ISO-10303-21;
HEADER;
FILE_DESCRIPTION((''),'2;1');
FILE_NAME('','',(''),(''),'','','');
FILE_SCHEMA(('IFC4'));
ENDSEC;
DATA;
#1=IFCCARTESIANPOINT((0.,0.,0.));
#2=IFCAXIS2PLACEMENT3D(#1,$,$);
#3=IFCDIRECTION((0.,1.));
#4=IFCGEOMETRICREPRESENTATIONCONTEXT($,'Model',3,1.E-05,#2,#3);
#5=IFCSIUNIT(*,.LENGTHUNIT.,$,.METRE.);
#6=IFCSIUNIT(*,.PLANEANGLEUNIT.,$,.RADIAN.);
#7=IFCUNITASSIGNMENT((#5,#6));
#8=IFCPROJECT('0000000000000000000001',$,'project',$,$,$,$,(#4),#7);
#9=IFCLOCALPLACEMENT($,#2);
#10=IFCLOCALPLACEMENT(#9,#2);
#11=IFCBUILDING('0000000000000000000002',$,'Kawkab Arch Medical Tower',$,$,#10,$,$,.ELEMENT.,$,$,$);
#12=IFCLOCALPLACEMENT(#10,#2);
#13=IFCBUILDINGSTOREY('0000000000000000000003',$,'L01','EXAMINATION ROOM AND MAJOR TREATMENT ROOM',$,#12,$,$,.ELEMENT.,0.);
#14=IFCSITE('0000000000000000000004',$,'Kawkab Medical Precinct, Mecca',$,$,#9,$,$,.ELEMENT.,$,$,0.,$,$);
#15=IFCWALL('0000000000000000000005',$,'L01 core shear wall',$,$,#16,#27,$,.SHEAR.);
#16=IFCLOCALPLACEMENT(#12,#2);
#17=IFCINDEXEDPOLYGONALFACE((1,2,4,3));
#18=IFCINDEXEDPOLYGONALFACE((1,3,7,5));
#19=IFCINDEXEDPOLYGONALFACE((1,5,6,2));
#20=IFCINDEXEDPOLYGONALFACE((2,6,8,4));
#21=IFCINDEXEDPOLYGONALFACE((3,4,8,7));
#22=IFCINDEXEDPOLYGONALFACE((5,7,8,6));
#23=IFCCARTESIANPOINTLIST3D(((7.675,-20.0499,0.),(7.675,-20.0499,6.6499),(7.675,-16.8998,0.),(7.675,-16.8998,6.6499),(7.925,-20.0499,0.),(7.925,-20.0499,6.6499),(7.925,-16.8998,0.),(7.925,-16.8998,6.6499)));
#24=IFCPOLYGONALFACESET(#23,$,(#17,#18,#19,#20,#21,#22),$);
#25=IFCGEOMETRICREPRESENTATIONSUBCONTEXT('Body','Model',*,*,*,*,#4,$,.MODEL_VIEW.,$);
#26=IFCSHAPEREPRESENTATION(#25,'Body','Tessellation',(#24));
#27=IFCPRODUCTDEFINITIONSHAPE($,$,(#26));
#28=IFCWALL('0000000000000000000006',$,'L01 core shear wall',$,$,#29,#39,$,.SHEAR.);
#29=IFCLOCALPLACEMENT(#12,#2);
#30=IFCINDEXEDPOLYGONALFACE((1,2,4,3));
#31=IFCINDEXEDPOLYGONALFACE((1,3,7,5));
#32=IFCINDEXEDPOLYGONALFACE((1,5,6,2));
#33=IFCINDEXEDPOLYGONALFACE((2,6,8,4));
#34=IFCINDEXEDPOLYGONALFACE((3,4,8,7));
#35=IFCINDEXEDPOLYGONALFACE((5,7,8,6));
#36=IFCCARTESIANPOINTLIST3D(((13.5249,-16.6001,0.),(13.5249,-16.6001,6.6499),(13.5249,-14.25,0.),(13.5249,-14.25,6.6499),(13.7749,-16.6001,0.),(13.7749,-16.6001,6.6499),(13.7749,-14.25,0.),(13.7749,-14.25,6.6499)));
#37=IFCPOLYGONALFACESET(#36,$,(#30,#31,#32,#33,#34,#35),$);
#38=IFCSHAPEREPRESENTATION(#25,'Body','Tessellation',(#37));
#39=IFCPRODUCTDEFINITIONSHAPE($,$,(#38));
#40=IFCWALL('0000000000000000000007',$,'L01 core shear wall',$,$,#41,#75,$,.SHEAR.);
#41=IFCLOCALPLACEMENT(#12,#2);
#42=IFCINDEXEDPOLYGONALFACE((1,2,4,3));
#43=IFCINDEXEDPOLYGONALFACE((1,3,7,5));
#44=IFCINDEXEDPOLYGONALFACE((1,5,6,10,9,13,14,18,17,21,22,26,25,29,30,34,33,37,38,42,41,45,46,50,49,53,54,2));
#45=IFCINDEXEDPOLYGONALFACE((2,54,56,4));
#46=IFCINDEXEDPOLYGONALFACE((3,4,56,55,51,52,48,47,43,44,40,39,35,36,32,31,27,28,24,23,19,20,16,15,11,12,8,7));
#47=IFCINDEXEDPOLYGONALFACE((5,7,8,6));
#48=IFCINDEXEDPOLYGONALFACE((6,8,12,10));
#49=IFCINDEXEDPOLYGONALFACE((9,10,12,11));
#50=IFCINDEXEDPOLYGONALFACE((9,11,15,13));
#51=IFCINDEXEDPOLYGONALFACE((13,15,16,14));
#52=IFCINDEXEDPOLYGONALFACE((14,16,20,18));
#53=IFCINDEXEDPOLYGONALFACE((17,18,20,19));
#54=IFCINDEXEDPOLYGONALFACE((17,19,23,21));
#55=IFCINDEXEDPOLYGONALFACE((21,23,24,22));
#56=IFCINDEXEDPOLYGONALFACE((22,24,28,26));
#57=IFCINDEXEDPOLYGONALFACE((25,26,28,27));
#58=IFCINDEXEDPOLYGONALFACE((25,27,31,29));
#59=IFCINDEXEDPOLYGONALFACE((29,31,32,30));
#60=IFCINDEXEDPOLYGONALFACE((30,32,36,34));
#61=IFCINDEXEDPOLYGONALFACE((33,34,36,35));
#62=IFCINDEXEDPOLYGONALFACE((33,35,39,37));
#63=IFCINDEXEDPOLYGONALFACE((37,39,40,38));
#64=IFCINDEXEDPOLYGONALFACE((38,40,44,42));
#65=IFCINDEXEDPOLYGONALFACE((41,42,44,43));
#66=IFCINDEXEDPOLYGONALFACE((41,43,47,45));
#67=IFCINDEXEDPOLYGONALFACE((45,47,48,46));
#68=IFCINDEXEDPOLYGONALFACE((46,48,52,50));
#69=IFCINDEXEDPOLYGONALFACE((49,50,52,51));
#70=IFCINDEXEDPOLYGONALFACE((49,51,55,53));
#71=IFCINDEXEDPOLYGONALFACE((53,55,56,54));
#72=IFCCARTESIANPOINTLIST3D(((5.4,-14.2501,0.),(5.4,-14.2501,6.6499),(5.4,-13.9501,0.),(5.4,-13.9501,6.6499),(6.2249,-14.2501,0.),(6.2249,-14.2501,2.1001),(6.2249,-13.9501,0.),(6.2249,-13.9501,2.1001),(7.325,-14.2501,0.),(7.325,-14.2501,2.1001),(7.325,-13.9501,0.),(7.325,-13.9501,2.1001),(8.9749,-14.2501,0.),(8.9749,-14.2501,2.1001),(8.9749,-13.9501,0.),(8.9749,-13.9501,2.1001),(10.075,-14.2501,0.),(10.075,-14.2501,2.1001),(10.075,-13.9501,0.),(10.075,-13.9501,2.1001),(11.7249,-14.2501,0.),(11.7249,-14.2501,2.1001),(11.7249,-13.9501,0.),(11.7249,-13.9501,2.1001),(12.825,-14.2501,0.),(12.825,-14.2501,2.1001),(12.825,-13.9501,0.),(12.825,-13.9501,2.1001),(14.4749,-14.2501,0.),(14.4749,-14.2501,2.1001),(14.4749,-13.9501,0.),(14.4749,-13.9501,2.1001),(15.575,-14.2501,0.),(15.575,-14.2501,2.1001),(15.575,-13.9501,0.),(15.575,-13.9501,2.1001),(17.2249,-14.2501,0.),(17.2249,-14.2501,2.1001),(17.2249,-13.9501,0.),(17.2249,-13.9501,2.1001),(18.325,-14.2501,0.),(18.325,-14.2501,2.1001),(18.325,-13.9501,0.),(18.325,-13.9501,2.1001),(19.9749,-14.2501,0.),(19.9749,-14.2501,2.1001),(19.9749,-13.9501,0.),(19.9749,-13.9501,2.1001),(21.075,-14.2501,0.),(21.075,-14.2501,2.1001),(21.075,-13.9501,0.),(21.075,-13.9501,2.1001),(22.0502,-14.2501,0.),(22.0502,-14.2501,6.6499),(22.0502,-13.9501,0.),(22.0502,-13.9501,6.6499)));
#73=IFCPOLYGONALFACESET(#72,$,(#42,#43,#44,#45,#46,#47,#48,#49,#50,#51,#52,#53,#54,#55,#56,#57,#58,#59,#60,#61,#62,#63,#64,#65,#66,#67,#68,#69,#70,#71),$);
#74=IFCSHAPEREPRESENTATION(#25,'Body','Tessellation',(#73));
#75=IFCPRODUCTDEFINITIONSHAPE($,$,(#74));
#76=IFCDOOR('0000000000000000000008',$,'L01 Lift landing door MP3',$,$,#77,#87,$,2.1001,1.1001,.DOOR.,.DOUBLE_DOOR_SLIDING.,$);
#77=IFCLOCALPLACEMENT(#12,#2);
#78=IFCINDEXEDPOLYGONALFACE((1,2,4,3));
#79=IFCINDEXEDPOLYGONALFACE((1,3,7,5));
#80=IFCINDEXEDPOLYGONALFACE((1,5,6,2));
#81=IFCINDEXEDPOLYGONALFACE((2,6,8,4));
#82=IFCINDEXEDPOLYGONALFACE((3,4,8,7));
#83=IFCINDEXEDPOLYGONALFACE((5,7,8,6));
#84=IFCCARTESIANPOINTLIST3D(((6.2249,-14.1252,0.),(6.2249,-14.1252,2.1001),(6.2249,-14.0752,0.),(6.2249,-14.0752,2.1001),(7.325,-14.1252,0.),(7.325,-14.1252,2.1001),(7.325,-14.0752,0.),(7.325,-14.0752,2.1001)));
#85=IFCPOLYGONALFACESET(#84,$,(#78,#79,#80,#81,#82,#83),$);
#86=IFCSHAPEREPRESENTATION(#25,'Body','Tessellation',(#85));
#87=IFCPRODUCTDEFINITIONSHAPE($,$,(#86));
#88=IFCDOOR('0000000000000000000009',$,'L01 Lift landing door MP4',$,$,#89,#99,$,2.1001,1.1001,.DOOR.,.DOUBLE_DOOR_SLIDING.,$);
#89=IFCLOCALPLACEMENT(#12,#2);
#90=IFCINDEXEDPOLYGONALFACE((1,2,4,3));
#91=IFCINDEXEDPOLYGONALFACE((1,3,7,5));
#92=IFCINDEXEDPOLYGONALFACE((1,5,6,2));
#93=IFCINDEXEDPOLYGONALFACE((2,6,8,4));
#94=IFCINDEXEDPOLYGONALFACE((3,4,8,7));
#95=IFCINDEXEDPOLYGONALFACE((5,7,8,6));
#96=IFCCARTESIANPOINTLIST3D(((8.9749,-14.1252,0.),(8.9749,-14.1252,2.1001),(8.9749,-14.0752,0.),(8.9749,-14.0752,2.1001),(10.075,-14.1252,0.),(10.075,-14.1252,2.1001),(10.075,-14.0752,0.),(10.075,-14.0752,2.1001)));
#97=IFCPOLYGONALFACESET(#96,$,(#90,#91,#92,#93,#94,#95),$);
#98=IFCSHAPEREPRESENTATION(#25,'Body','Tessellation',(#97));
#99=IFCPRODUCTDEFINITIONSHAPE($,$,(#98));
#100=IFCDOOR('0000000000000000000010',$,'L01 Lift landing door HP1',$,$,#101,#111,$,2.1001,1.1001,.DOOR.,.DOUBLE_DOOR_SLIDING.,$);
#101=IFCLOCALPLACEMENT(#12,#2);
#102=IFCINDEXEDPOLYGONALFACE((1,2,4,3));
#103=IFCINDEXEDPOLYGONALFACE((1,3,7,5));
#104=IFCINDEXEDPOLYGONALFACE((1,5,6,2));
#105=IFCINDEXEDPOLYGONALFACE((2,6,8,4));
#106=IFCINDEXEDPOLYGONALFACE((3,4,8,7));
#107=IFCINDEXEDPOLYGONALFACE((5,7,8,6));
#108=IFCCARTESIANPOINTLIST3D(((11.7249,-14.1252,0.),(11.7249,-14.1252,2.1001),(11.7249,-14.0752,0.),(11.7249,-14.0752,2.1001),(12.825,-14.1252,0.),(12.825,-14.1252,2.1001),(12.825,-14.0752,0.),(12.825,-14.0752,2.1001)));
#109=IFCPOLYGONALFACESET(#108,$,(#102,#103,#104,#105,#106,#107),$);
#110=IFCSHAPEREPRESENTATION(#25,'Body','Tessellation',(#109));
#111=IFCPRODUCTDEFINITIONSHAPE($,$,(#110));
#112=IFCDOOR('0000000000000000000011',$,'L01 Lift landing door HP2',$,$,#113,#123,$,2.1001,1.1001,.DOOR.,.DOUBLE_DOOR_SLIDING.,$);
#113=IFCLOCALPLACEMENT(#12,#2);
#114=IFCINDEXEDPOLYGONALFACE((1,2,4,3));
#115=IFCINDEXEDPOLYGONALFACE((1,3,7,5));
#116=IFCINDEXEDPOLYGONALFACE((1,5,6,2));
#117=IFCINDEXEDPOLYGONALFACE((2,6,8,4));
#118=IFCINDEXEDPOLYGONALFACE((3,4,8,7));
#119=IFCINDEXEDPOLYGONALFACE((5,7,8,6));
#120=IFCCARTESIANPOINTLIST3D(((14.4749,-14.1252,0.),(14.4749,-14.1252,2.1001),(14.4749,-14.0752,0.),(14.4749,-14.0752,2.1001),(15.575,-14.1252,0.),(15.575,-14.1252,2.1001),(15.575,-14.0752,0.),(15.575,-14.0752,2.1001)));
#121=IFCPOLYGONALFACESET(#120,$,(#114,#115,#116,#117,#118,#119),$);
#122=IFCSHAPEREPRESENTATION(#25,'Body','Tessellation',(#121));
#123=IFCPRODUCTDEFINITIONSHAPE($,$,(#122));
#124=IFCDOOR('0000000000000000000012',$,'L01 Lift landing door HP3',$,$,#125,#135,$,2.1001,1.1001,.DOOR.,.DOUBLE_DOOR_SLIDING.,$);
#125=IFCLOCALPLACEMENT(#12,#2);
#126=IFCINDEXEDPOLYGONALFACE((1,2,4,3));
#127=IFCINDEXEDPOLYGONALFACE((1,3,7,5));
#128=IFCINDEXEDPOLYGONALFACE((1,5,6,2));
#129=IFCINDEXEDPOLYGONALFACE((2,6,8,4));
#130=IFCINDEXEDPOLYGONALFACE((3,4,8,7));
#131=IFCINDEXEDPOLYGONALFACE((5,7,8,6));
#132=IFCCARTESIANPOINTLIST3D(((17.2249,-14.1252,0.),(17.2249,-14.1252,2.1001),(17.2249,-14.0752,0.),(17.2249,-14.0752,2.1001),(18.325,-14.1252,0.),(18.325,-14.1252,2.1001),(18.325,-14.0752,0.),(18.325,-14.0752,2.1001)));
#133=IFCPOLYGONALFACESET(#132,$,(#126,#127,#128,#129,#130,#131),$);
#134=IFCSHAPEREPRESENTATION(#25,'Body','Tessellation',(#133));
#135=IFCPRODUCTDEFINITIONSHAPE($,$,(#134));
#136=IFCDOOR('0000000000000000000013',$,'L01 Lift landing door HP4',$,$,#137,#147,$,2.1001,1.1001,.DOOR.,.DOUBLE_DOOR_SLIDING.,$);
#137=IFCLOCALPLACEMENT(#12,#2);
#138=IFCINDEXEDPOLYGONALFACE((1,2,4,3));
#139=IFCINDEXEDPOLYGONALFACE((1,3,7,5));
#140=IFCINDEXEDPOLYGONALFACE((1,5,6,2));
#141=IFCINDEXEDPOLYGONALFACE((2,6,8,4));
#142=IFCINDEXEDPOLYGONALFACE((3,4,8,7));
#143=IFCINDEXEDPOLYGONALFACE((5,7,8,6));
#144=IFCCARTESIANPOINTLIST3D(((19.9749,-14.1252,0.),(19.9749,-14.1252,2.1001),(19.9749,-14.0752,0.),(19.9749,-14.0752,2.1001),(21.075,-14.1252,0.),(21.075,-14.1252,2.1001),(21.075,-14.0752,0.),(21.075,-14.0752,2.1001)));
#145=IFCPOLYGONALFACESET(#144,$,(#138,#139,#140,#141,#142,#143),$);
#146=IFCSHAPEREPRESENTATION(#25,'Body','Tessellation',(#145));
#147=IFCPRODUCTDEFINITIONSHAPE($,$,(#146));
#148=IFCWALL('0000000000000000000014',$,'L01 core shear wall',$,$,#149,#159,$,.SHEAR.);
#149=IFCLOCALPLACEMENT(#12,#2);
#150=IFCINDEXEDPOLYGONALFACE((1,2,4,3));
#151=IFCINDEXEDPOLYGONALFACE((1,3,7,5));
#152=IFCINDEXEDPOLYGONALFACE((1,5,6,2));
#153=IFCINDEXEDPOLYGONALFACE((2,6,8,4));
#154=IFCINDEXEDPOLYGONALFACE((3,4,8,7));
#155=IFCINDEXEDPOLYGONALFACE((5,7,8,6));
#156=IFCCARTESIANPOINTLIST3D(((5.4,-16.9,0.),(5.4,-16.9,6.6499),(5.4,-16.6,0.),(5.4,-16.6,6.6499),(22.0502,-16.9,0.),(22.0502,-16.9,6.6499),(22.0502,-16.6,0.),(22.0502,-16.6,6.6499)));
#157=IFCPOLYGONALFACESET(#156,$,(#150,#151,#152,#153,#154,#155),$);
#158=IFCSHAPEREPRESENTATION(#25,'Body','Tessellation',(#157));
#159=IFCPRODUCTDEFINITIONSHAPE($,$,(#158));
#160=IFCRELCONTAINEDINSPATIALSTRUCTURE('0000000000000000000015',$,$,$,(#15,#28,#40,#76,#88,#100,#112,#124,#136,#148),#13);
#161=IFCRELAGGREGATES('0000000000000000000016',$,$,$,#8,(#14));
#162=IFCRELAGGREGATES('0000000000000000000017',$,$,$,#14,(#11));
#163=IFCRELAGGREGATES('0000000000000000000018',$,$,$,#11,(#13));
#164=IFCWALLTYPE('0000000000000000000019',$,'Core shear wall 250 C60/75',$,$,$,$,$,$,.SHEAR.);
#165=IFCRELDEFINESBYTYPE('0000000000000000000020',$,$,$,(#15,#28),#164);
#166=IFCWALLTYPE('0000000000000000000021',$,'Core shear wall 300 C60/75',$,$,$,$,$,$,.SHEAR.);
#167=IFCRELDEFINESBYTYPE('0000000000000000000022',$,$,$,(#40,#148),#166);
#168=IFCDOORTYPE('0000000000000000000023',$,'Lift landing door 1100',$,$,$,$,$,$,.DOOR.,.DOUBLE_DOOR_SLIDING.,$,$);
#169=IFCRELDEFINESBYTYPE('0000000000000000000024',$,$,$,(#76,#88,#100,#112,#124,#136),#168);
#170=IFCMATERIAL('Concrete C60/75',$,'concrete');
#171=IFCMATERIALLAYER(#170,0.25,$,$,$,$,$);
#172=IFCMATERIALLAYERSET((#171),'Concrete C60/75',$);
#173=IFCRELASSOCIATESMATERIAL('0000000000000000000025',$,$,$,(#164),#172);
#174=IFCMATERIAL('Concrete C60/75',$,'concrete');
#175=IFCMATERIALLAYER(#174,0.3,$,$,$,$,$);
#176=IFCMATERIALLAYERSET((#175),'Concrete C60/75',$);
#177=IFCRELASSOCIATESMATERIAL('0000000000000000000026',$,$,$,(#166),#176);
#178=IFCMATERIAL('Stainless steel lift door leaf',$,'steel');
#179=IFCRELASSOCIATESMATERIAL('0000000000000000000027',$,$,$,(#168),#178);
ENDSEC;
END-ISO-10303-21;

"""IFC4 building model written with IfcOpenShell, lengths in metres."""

from ifc_helpers import new_model, si_unit, direction, frame, frame_2d, origin, place, context, subcontext, project, spatial, rectangle, extrude, material, layer, layer_set, type_object, element, fill, save


model = new_model("IFC4")

# Units and contexts
model_context = context("Model", 3, precision=1e-05, world=origin(), true_north=direction((0.0, 1.0)))
body_context = subcontext(model_context, "Body", "Model", "MODEL_VIEW")
ifc_project = project(units=[si_unit("LENGTHUNIT", "METRE"), si_unit("PLANEANGLEUNIT", "RADIAN")], contexts=[model_context])

# Site, building, storey
site_placement = place(None, origin())
site = spatial("IfcSite", under=ifc_project, at=site_placement, Name="Kawkab Medical Precinct, Mecca", CompositionType="ELEMENT", RefElevation=0.0)
building_placement = place(site_placement, origin())
building = spatial("IfcBuilding", under=site, at=building_placement, Name="Kawkab Arch Medical Tower", CompositionType="ELEMENT")
storey_placement = place(building_placement, origin())
storey = spatial("IfcBuildingStorey", under=building, at=storey_placement, Name="L01", Description="EXAMINATION ROOM AND MAJOR TREATMENT ROOM", CompositionType="ELEMENT", Elevation=0.0)

# Walls
ifc_material_1 = material(Name="Concrete C60/75", Category="concrete")
ifc_layer_1 = layer(ifc_material_1, 0.25)
ifc_layer_set_1 = layer_set([ifc_layer_1], Name="Concrete C60/75")
wall_type_1 = type_object("IfcWallType", Name="Core shear wall 250 C60/75", PredefinedType="SHEAR", material=ifc_layer_set_1)
wall_1_placement = place(storey_placement, frame((7.8, -20.05, 0.0), z_axis=(0.0, 0.0, 1.0), x_axis=(0.0, 1.0, 0.0)))
element("IfcWall", 1, at=wall_1_placement, inside=storey, type_object=wall_type_1, Name="L01 core shear wall", PredefinedType="SHEAR", context=body_context, shape_type="SweptSolid", body=[
    extrude(rectangle(XDim=3.1501, YDim=0.25, at=frame_2d((1.5752, 0.0))), origin(), (0.0, 0.0, 1.0), 6.6499),
])
wall_2_placement = place(storey_placement, frame((13.6499, -16.6001, 0.0), z_axis=(0.0, 0.0, 1.0), x_axis=(0.0, 1.0, 0.0)))
element("IfcWall", 2, at=wall_2_placement, inside=storey, type_object=wall_type_1, Name="L01 core shear wall", PredefinedType="SHEAR", context=body_context, shape_type="SweptSolid", body=[
    extrude(rectangle(XDim=2.3501, YDim=0.25, at=frame_2d((1.175, 0.0))), origin(), (0.0, 0.0, 1.0), 6.6499),
])

# Wall, openings, doors
ifc_material_2 = material(Name="Concrete C60/75", Category="concrete")
ifc_layer_2 = layer(ifc_material_2, 0.3)
ifc_layer_set_2 = layer_set([ifc_layer_2], Name="Concrete C60/75")
wall_type_2 = type_object("IfcWallType", Name="Core shear wall 300 C60/75", PredefinedType="SHEAR", material=ifc_layer_set_2)
wall_3_placement = place(storey_placement, frame((5.3999, -14.1001, 0.0), z_axis=(0.0, 0.0, 1.0), x_axis=(1.0, 0.0, 0.0)))
wall_3 = element("IfcWall", 3, at=wall_3_placement, inside=storey, type_object=wall_type_2, Name="L01 core shear wall", PredefinedType="SHEAR", context=body_context, shape_type="SweptSolid", body=[
    extrude(rectangle(XDim=16.6501, YDim=0.3, at=frame_2d((8.3252, 0.0))), origin(), (0.0, 0.0, 1.0), 6.6499),
])
opening_1_placement = place(wall_3_placement, frame((0.825, 0.0, 0.0)))
opening_1 = element("IfcOpeningElement", 4, at=opening_1_placement, cuts=wall_3, PredefinedType="OPENING", context=body_context, shape_type="SweptSolid", body=[
    extrude(rectangle(XDim=1.1001, YDim=2.1001, at=frame_2d((0.55, 1.05))), frame((0.0, 0.1599, 0.0), z_axis=(0.0, -1.0, 0.0), x_axis=(1.0, 0.0, 0.0)), (0.0, 0.0, 1.0), 0.3201),
])
opening_2_placement = place(wall_3_placement, frame((3.575, 0.0, 0.0)))
opening_2 = element("IfcOpeningElement", 5, at=opening_2_placement, cuts=wall_3, PredefinedType="OPENING", context=body_context, shape_type="SweptSolid", body=[
    extrude(rectangle(XDim=1.1001, YDim=2.1001, at=frame_2d((0.55, 1.05))), frame((0.0, 0.1599, 0.0), z_axis=(0.0, -1.0, 0.0), x_axis=(1.0, 0.0, 0.0)), (0.0, 0.0, 1.0), 0.3201),
])
opening_3_placement = place(wall_3_placement, frame((6.325, 0.0, 0.0)))
opening_3 = element("IfcOpeningElement", 6, at=opening_3_placement, cuts=wall_3, PredefinedType="OPENING", context=body_context, shape_type="SweptSolid", body=[
    extrude(rectangle(XDim=1.1001, YDim=2.1001, at=frame_2d((0.55, 1.05))), frame((0.0, 0.1599, 0.0), z_axis=(0.0, -1.0, 0.0), x_axis=(1.0, 0.0, 0.0)), (0.0, 0.0, 1.0), 0.3201),
])
opening_4_placement = place(wall_3_placement, frame((9.075, 0.0, 0.0)))
opening_4 = element("IfcOpeningElement", 7, at=opening_4_placement, cuts=wall_3, PredefinedType="OPENING", context=body_context, shape_type="SweptSolid", body=[
    extrude(rectangle(XDim=1.1001, YDim=2.1001, at=frame_2d((0.55, 1.05))), frame((0.0, 0.1599, 0.0), z_axis=(0.0, -1.0, 0.0), x_axis=(1.0, 0.0, 0.0)), (0.0, 0.0, 1.0), 0.3201),
])
opening_5_placement = place(wall_3_placement, frame((11.825, 0.0, 0.0)))
opening_5 = element("IfcOpeningElement", 8, at=opening_5_placement, cuts=wall_3, PredefinedType="OPENING", context=body_context, shape_type="SweptSolid", body=[
    extrude(rectangle(XDim=1.1001, YDim=2.1001, at=frame_2d((0.55, 1.05))), frame((0.0, 0.1599, 0.0), z_axis=(0.0, -1.0, 0.0), x_axis=(1.0, 0.0, 0.0)), (0.0, 0.0, 1.0), 0.3201),
])
opening_6_placement = place(wall_3_placement, frame((14.575, 0.0, 0.0)))
opening_6 = element("IfcOpeningElement", 9, at=opening_6_placement, cuts=wall_3, PredefinedType="OPENING", context=body_context, shape_type="SweptSolid", body=[
    extrude(rectangle(XDim=1.1001, YDim=2.1001, at=frame_2d((0.55, 1.05))), frame((0.0, 0.1599, 0.0), z_axis=(0.0, -1.0, 0.0), x_axis=(1.0, 0.0, 0.0)), (0.0, 0.0, 1.0), 0.3201),
])
ifc_material_3 = material(Name="Stainless steel lift door leaf", Category="steel")
door_type_1 = type_object("IfcDoorType", Name="Lift landing door 1100", OperationType="DOUBLE_DOOR_SLIDING", PredefinedType="DOOR", material=ifc_material_3)
door_1_placement = place(opening_1_placement, origin())
door_1 = element("IfcDoor", 10, at=door_1_placement, inside=storey, type_object=door_type_1, Name="L01 Lift landing door MP3", OperationType="DOUBLE_DOOR_SLIDING", OverallHeight=2.1001, OverallWidth=1.1001, PredefinedType="DOOR", context=body_context, shape_type="SweptSolid", body=[
    extrude(rectangle(XDim=1.1001, YDim=2.1001, at=frame_2d((0.55, 1.05))), frame((0.0, 0.0249, 0.0), z_axis=(0.0, -1.0, 0.0), x_axis=(1.0, 0.0, 0.0)), (0.0, 0.0, 1.0), 0.05),
])
fill(opening_1, door_1)
door_2_placement = place(opening_2_placement, origin())
door_2 = element("IfcDoor", 11, at=door_2_placement, inside=storey, type_object=door_type_1, Name="L01 Lift landing door MP4", OperationType="DOUBLE_DOOR_SLIDING", OverallHeight=2.1001, OverallWidth=1.1001, PredefinedType="DOOR", context=body_context, shape_type="SweptSolid", body=[
    extrude(rectangle(XDim=1.1001, YDim=2.1001, at=frame_2d((0.55, 1.05))), frame((0.0, 0.0249, 0.0), z_axis=(0.0, -1.0, 0.0), x_axis=(1.0, 0.0, 0.0)), (0.0, 0.0, 1.0), 0.05),
])
fill(opening_2, door_2)
door_3_placement = place(opening_3_placement, origin())
door_3 = element("IfcDoor", 12, at=door_3_placement, inside=storey, type_object=door_type_1, Name="L01 Lift landing door HP1", OperationType="DOUBLE_DOOR_SLIDING", OverallHeight=2.1001, OverallWidth=1.1001, PredefinedType="DOOR", context=body_context, shape_type="SweptSolid", body=[
    extrude(rectangle(XDim=1.1001, YDim=2.1001, at=frame_2d((0.55, 1.05))), frame((0.0, 0.0249, 0.0), z_axis=(0.0, -1.0, 0.0), x_axis=(1.0, 0.0, 0.0)), (0.0, 0.0, 1.0), 0.05),
])
fill(opening_3, door_3)
door_4_placement = place(opening_4_placement, origin())
door_4 = element("IfcDoor", 13, at=door_4_placement, inside=storey, type_object=door_type_1, Name="L01 Lift landing door HP2", OperationType="DOUBLE_DOOR_SLIDING", OverallHeight=2.1001, OverallWidth=1.1001, PredefinedType="DOOR", context=body_context, shape_type="SweptSolid", body=[
    extrude(rectangle(XDim=1.1001, YDim=2.1001, at=frame_2d((0.55, 1.05))), frame((0.0, 0.0249, 0.0), z_axis=(0.0, -1.0, 0.0), x_axis=(1.0, 0.0, 0.0)), (0.0, 0.0, 1.0), 0.05),
])
fill(opening_4, door_4)
door_5_placement = place(opening_5_placement, origin())
door_5 = element("IfcDoor", 14, at=door_5_placement, inside=storey, type_object=door_type_1, Name="L01 Lift landing door HP3", OperationType="DOUBLE_DOOR_SLIDING", OverallHeight=2.1001, OverallWidth=1.1001, PredefinedType="DOOR", context=body_context, shape_type="SweptSolid", body=[
    extrude(rectangle(XDim=1.1001, YDim=2.1001, at=frame_2d((0.55, 1.05))), frame((0.0, 0.0249, 0.0), z_axis=(0.0, -1.0, 0.0), x_axis=(1.0, 0.0, 0.0)), (0.0, 0.0, 1.0), 0.05),
])
fill(opening_5, door_5)
door_6_placement = place(opening_6_placement, origin())
door_6 = element("IfcDoor", 15, at=door_6_placement, inside=storey, type_object=door_type_1, Name="L01 Lift landing door HP4", OperationType="DOUBLE_DOOR_SLIDING", OverallHeight=2.1001, OverallWidth=1.1001, PredefinedType="DOOR", context=body_context, shape_type="SweptSolid", body=[
    extrude(rectangle(XDim=1.1001, YDim=2.1001, at=frame_2d((0.55, 1.05))), frame((0.0, 0.0249, 0.0), z_axis=(0.0, -1.0, 0.0), x_axis=(1.0, 0.0, 0.0)), (0.0, 0.0, 1.0), 0.05),
])
fill(opening_6, door_6)

# Wall
wall_4_placement = place(storey_placement, frame((5.3999, -16.75, 0.0), z_axis=(0.0, 0.0, 1.0), x_axis=(1.0, 0.0, 0.0)))
element("IfcWall", 16, at=wall_4_placement, inside=storey, type_object=wall_type_2, Name="L01 core shear wall", PredefinedType="SHEAR", context=body_context, shape_type="SweptSolid", body=[
    extrude(rectangle(XDim=16.6501, YDim=0.3, at=frame_2d((8.3252, 0.0))), origin(), (0.0, 0.0, 1.0), 6.6499),
])

save(model, "model.ifc")
